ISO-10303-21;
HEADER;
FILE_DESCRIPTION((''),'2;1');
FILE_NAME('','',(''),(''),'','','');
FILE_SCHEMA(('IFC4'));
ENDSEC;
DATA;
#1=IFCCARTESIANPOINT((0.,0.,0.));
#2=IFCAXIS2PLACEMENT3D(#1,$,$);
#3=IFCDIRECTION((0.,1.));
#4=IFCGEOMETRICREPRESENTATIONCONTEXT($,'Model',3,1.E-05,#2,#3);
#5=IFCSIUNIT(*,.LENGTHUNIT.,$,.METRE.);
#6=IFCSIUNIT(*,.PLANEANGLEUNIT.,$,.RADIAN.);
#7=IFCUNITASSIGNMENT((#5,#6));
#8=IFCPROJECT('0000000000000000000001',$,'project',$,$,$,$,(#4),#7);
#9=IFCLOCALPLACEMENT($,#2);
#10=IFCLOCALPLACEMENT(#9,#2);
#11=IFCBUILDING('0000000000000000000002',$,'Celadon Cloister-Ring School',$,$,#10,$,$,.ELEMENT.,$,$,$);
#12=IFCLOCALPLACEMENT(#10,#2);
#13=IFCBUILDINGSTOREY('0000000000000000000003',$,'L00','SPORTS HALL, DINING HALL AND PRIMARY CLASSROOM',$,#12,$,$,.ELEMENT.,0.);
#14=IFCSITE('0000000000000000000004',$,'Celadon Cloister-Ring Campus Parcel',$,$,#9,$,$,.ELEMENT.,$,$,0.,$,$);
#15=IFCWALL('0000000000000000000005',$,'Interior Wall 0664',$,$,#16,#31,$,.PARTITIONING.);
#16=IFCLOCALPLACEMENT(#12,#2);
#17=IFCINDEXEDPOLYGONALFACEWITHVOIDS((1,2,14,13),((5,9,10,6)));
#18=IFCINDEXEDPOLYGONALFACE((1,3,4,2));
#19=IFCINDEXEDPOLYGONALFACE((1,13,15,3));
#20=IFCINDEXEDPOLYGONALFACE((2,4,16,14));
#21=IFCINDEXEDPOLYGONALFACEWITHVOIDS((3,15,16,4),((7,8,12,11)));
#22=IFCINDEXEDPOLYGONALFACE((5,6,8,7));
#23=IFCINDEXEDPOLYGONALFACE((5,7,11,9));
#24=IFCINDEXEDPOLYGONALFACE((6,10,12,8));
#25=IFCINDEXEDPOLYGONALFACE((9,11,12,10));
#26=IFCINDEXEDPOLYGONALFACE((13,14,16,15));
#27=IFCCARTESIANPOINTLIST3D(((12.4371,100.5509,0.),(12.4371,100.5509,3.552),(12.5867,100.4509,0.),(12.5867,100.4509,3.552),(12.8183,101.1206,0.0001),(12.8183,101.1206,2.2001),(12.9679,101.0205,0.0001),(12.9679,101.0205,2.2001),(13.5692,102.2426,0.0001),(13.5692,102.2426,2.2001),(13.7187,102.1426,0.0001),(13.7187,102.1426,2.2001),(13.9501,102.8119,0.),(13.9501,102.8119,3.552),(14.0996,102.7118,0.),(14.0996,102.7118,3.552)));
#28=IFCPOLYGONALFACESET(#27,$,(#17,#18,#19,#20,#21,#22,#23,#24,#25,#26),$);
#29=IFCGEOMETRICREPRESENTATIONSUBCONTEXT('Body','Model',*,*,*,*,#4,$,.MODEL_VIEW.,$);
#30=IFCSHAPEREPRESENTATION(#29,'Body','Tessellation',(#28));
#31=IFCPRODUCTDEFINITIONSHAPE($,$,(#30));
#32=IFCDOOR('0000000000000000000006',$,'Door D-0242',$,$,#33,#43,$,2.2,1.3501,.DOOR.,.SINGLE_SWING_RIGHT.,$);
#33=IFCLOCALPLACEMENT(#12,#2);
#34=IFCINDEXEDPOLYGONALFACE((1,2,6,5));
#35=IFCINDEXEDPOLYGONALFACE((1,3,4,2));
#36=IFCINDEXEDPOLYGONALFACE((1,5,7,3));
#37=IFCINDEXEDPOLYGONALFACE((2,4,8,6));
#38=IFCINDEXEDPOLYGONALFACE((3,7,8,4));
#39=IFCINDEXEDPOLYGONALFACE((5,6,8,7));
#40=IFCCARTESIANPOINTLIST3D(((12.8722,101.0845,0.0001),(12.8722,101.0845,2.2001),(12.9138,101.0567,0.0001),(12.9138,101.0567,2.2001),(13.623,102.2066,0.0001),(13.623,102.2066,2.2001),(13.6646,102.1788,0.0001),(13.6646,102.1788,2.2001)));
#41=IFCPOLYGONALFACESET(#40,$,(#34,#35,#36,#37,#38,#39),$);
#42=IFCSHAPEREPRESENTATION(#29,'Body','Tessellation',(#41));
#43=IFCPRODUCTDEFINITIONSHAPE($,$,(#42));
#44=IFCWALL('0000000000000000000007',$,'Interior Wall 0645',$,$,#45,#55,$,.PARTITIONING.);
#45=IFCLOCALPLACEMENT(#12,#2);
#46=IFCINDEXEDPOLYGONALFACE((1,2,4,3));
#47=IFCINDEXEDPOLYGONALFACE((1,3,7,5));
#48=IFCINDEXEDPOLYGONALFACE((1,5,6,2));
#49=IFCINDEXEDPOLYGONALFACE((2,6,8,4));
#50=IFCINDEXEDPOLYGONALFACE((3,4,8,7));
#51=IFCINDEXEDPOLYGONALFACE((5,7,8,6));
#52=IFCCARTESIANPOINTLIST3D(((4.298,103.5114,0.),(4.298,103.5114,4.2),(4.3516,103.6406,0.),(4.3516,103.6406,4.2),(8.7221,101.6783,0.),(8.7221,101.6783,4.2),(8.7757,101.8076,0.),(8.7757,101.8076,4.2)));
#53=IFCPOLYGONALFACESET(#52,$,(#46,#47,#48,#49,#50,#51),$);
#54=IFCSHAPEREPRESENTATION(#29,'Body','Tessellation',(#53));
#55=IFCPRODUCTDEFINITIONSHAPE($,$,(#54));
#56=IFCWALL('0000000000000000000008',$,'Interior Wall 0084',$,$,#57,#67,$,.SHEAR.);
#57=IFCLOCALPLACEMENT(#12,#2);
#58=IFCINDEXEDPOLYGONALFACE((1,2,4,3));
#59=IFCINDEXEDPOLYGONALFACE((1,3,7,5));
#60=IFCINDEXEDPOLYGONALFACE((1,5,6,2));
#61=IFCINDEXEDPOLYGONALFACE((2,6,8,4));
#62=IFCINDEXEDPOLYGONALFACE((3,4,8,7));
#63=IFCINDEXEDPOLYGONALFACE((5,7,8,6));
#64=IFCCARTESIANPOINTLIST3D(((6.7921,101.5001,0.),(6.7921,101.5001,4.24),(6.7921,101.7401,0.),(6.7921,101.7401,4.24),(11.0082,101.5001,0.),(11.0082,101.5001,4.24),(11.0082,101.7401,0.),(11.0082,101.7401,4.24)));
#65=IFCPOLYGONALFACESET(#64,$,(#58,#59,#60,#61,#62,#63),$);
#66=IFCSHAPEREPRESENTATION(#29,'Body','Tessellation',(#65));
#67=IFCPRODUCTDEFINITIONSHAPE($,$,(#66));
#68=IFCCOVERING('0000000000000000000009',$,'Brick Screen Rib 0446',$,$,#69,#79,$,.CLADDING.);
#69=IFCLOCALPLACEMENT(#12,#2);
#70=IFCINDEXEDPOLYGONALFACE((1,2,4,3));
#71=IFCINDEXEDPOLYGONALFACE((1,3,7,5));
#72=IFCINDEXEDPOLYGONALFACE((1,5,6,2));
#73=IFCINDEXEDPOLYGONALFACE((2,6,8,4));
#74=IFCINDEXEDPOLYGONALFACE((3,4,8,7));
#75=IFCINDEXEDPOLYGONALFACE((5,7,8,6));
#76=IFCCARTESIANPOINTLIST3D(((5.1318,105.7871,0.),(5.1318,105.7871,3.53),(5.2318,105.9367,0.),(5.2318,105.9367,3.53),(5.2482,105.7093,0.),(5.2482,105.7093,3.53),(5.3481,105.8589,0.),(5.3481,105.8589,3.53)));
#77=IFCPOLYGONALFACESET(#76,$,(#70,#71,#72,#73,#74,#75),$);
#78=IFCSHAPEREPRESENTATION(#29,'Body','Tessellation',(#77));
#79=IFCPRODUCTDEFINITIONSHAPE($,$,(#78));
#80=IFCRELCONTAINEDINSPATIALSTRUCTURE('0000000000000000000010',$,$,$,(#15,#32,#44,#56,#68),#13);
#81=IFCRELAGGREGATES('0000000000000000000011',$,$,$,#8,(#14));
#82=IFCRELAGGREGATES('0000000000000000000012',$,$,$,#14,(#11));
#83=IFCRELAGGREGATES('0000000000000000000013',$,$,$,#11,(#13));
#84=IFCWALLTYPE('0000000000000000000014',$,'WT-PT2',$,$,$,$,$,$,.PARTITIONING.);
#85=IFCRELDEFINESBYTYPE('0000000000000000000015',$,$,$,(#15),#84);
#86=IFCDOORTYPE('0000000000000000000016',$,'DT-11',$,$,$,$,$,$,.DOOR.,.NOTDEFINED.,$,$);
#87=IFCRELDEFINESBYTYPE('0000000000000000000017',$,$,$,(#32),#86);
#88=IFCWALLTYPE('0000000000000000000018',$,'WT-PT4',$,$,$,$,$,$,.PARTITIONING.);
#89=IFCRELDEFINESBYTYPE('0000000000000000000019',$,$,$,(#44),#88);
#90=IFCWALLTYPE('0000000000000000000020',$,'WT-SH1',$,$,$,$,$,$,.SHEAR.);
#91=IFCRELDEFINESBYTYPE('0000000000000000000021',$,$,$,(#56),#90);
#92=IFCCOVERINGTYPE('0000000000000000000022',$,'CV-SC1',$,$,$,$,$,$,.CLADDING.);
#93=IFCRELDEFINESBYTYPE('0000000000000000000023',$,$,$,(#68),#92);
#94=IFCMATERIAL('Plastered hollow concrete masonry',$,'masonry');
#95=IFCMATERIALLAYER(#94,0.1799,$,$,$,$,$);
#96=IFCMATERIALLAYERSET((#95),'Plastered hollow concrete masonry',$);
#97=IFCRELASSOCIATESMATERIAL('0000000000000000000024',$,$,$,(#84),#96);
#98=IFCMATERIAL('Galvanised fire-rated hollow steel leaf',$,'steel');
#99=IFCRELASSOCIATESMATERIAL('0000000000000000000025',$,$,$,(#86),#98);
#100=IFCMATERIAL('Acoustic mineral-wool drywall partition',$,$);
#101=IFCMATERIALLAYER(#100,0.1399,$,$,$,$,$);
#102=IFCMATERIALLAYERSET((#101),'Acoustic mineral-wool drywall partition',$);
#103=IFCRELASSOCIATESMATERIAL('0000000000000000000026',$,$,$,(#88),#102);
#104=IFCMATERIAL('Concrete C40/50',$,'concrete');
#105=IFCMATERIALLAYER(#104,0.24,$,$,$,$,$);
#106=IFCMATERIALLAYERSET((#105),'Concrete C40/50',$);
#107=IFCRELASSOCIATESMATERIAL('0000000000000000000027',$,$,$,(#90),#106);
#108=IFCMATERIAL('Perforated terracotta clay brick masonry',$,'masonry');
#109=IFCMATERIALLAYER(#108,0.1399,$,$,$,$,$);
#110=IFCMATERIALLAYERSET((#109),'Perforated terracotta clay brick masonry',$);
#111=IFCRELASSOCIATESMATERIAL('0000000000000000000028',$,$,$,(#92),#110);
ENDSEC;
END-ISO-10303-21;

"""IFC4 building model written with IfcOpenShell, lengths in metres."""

from ifc_helpers import new_model, si_unit, direction, frame, frame_2d, origin, origin_2d, place, context, subcontext, project, spatial, rectangle, extrude, material, layer, layer_set, type_object, element, fill, save


model = new_model("IFC4")

# Units and contexts
model_context = context("Model", 3, precision=1e-05, world=origin(), true_north=direction((0.0, 1.0)))
body_context = subcontext(model_context, "Body", "Model", "MODEL_VIEW")
ifc_project = project(units=[si_unit("LENGTHUNIT", "METRE"), si_unit("PLANEANGLEUNIT", "RADIAN")], contexts=[model_context])

# Site, building, storey
site_placement = place(None, origin())
site = spatial("IfcSite", under=ifc_project, at=site_placement, Name="Celadon Cloister-Ring Campus Parcel", CompositionType="ELEMENT", RefElevation=0.0)
building_placement = place(site_placement, origin())
building = spatial("IfcBuilding", under=site, at=building_placement, Name="Celadon Cloister-Ring School", CompositionType="ELEMENT")
storey_placement = place(building_placement, origin())
storey = spatial("IfcBuildingStorey", under=building, at=storey_placement, Name="L00", Description="SPORTS HALL, DINING HALL AND PRIMARY CLASSROOM", CompositionType="ELEMENT", Elevation=0.0)

# Wall, opening, door
ifc_material_1 = material(Name="Plastered hollow concrete masonry", Category="masonry")
ifc_layer_1 = layer(ifc_material_1, 0.1799)
ifc_layer_set_1 = layer_set([ifc_layer_1], Name="Plastered hollow concrete masonry")
wall_type_1 = type_object("IfcWallType", Name="WT-PT2", PredefinedType="PARTITIONING", material=ifc_layer_set_1)
wall_1_placement = place(storey_placement, frame((14.0249, 102.762, 0.0), z_axis=(0.0, 0.0, 1.0), x_axis=(-0.556128, -0.831096, 0.0)))
wall_1 = element("IfcWall", 1, at=wall_1_placement, inside=storey, type_object=wall_type_1, Name="Interior Wall 0664", PredefinedType="PARTITIONING", context=body_context, shape_type="SweptSolid", body=[
    extrude(rectangle(XDim=2.7205, YDim=0.1799, at=frame_2d((1.3604, 0.0))), origin(), (0.0, 0.0, 1.0), 3.552),
])
opening_1_placement = place(wall_1_placement, frame((0.6851, 0.0, 0.0)))
opening_1 = element("IfcOpeningElement", 2, at=opening_1_placement, cuts=wall_1, PredefinedType="OPENING", context=body_context, shape_type="SweptSolid", body=[
    extrude(rectangle(XDim=1.3501, YDim=2.2, at=frame_2d((0.675, 1.1001))), frame((0.0, 0.1001, 0.0), z_axis=(0.0, -1.0, 0.0), x_axis=(1.0, 0.0, 0.0)), (0.0, 0.0, 1.0), 0.2),
])
ifc_material_2 = material(Name="Galvanised fire-rated hollow steel leaf", Category="steel")
door_type_1 = type_object("IfcDoorType", Name="DT-11", OperationType="NOTDEFINED", PredefinedType="DOOR", material=ifc_material_2)
door_1_placement = place(opening_1_placement, origin())
door_1 = element("IfcDoor", 3, at=door_1_placement, inside=storey, type_object=door_type_1, Name="Door D-0242", OperationType="SINGLE_SWING_RIGHT", OverallHeight=2.2, OverallWidth=1.3501, PredefinedType="DOOR", context=body_context, shape_type="SweptSolid", body=[
    extrude(rectangle(XDim=1.3501, YDim=2.2, at=frame_2d((0.675, 1.1001))), frame((0.0, 0.0249, 0.0), z_axis=(0.0, -1.0, 0.0), x_axis=(1.0, 0.0, 0.0)), (0.0, 0.0, 1.0), 0.05),
])
fill(opening_1, door_1)

# Walls
ifc_material_3 = material(Name="Acoustic mineral-wool drywall partition")
ifc_layer_2 = layer(ifc_material_3, 0.1399)
ifc_layer_set_2 = layer_set([ifc_layer_2], Name="Acoustic mineral-wool drywall partition")
wall_type_2 = type_object("IfcWallType", Name="WT-PT4", PredefinedType="PARTITIONING", material=ifc_layer_set_2)
wall_2_placement = place(storey_placement, frame((8.749, 101.7429, 0.0), z_axis=(0.0, 0.0, 1.0), x_axis=(-0.923843, 0.382772, 0.0)))
element("IfcWall", 4, at=wall_2_placement, inside=storey, type_object=wall_type_2, Name="Interior Wall 0645", PredefinedType="PARTITIONING", context=body_context, shape_type="SweptSolid", body=[
    extrude(rectangle(XDim=4.7888, YDim=0.1399, at=frame_2d((2.3945, 0.0))), origin(), (0.0, 0.0, 1.0), 4.2),
])
ifc_material_4 = material(Name="Concrete C40/50", Category="concrete")
ifc_layer_3 = layer(ifc_material_4, 0.24)
ifc_layer_set_3 = layer_set([ifc_layer_3], Name="Concrete C40/50")
wall_type_3 = type_object("IfcWallType", Name="WT-SH1", PredefinedType="SHEAR", material=ifc_layer_set_3)
wall_3_placement = place(storey_placement, frame((11.0081, 101.6201, 0.0), z_axis=(0.0, 0.0, 1.0), x_axis=(-1.0, 0.0, 0.0)))
element("IfcWall", 5, at=wall_3_placement, inside=storey, type_object=wall_type_3, Name="Interior Wall 0084", PredefinedType="SHEAR", context=body_context, shape_type="SweptSolid", body=[
    extrude(rectangle(XDim=4.2161, YDim=0.24, at=frame_2d((2.1079, 0.0))), origin(), (0.0, 0.0, 1.0), 4.24),
])

# Covering
ifc_material_5 = material(Name="Perforated terracotta clay brick masonry", Category="masonry")
ifc_layer_4 = layer(ifc_material_5, 0.1399)
ifc_layer_set_4 = layer_set([ifc_layer_4], Name="Perforated terracotta clay brick masonry")
covering_type = type_object("IfcCoveringType", Name="CV-SC1", PredefinedType="CLADDING", material=ifc_layer_set_4)
covering_placement = place(storey_placement, frame((5.24, 105.823, 0.0), z_axis=(0.0, 0.0, 1.0), x_axis=(0.555686, 0.831392, 0.0)))
element("IfcCovering", 6, at=covering_placement, inside=storey, type_object=covering_type, Name="Brick Screen Rib 0446", PredefinedType="CLADDING", context=body_context, shape_type="SweptSolid", body=[
    extrude(rectangle(XDim=0.1799, YDim=0.1399, at=origin_2d()), origin(), (0.0, 0.0, 1.0), 3.53),
])

save(model, "model.ifc")
